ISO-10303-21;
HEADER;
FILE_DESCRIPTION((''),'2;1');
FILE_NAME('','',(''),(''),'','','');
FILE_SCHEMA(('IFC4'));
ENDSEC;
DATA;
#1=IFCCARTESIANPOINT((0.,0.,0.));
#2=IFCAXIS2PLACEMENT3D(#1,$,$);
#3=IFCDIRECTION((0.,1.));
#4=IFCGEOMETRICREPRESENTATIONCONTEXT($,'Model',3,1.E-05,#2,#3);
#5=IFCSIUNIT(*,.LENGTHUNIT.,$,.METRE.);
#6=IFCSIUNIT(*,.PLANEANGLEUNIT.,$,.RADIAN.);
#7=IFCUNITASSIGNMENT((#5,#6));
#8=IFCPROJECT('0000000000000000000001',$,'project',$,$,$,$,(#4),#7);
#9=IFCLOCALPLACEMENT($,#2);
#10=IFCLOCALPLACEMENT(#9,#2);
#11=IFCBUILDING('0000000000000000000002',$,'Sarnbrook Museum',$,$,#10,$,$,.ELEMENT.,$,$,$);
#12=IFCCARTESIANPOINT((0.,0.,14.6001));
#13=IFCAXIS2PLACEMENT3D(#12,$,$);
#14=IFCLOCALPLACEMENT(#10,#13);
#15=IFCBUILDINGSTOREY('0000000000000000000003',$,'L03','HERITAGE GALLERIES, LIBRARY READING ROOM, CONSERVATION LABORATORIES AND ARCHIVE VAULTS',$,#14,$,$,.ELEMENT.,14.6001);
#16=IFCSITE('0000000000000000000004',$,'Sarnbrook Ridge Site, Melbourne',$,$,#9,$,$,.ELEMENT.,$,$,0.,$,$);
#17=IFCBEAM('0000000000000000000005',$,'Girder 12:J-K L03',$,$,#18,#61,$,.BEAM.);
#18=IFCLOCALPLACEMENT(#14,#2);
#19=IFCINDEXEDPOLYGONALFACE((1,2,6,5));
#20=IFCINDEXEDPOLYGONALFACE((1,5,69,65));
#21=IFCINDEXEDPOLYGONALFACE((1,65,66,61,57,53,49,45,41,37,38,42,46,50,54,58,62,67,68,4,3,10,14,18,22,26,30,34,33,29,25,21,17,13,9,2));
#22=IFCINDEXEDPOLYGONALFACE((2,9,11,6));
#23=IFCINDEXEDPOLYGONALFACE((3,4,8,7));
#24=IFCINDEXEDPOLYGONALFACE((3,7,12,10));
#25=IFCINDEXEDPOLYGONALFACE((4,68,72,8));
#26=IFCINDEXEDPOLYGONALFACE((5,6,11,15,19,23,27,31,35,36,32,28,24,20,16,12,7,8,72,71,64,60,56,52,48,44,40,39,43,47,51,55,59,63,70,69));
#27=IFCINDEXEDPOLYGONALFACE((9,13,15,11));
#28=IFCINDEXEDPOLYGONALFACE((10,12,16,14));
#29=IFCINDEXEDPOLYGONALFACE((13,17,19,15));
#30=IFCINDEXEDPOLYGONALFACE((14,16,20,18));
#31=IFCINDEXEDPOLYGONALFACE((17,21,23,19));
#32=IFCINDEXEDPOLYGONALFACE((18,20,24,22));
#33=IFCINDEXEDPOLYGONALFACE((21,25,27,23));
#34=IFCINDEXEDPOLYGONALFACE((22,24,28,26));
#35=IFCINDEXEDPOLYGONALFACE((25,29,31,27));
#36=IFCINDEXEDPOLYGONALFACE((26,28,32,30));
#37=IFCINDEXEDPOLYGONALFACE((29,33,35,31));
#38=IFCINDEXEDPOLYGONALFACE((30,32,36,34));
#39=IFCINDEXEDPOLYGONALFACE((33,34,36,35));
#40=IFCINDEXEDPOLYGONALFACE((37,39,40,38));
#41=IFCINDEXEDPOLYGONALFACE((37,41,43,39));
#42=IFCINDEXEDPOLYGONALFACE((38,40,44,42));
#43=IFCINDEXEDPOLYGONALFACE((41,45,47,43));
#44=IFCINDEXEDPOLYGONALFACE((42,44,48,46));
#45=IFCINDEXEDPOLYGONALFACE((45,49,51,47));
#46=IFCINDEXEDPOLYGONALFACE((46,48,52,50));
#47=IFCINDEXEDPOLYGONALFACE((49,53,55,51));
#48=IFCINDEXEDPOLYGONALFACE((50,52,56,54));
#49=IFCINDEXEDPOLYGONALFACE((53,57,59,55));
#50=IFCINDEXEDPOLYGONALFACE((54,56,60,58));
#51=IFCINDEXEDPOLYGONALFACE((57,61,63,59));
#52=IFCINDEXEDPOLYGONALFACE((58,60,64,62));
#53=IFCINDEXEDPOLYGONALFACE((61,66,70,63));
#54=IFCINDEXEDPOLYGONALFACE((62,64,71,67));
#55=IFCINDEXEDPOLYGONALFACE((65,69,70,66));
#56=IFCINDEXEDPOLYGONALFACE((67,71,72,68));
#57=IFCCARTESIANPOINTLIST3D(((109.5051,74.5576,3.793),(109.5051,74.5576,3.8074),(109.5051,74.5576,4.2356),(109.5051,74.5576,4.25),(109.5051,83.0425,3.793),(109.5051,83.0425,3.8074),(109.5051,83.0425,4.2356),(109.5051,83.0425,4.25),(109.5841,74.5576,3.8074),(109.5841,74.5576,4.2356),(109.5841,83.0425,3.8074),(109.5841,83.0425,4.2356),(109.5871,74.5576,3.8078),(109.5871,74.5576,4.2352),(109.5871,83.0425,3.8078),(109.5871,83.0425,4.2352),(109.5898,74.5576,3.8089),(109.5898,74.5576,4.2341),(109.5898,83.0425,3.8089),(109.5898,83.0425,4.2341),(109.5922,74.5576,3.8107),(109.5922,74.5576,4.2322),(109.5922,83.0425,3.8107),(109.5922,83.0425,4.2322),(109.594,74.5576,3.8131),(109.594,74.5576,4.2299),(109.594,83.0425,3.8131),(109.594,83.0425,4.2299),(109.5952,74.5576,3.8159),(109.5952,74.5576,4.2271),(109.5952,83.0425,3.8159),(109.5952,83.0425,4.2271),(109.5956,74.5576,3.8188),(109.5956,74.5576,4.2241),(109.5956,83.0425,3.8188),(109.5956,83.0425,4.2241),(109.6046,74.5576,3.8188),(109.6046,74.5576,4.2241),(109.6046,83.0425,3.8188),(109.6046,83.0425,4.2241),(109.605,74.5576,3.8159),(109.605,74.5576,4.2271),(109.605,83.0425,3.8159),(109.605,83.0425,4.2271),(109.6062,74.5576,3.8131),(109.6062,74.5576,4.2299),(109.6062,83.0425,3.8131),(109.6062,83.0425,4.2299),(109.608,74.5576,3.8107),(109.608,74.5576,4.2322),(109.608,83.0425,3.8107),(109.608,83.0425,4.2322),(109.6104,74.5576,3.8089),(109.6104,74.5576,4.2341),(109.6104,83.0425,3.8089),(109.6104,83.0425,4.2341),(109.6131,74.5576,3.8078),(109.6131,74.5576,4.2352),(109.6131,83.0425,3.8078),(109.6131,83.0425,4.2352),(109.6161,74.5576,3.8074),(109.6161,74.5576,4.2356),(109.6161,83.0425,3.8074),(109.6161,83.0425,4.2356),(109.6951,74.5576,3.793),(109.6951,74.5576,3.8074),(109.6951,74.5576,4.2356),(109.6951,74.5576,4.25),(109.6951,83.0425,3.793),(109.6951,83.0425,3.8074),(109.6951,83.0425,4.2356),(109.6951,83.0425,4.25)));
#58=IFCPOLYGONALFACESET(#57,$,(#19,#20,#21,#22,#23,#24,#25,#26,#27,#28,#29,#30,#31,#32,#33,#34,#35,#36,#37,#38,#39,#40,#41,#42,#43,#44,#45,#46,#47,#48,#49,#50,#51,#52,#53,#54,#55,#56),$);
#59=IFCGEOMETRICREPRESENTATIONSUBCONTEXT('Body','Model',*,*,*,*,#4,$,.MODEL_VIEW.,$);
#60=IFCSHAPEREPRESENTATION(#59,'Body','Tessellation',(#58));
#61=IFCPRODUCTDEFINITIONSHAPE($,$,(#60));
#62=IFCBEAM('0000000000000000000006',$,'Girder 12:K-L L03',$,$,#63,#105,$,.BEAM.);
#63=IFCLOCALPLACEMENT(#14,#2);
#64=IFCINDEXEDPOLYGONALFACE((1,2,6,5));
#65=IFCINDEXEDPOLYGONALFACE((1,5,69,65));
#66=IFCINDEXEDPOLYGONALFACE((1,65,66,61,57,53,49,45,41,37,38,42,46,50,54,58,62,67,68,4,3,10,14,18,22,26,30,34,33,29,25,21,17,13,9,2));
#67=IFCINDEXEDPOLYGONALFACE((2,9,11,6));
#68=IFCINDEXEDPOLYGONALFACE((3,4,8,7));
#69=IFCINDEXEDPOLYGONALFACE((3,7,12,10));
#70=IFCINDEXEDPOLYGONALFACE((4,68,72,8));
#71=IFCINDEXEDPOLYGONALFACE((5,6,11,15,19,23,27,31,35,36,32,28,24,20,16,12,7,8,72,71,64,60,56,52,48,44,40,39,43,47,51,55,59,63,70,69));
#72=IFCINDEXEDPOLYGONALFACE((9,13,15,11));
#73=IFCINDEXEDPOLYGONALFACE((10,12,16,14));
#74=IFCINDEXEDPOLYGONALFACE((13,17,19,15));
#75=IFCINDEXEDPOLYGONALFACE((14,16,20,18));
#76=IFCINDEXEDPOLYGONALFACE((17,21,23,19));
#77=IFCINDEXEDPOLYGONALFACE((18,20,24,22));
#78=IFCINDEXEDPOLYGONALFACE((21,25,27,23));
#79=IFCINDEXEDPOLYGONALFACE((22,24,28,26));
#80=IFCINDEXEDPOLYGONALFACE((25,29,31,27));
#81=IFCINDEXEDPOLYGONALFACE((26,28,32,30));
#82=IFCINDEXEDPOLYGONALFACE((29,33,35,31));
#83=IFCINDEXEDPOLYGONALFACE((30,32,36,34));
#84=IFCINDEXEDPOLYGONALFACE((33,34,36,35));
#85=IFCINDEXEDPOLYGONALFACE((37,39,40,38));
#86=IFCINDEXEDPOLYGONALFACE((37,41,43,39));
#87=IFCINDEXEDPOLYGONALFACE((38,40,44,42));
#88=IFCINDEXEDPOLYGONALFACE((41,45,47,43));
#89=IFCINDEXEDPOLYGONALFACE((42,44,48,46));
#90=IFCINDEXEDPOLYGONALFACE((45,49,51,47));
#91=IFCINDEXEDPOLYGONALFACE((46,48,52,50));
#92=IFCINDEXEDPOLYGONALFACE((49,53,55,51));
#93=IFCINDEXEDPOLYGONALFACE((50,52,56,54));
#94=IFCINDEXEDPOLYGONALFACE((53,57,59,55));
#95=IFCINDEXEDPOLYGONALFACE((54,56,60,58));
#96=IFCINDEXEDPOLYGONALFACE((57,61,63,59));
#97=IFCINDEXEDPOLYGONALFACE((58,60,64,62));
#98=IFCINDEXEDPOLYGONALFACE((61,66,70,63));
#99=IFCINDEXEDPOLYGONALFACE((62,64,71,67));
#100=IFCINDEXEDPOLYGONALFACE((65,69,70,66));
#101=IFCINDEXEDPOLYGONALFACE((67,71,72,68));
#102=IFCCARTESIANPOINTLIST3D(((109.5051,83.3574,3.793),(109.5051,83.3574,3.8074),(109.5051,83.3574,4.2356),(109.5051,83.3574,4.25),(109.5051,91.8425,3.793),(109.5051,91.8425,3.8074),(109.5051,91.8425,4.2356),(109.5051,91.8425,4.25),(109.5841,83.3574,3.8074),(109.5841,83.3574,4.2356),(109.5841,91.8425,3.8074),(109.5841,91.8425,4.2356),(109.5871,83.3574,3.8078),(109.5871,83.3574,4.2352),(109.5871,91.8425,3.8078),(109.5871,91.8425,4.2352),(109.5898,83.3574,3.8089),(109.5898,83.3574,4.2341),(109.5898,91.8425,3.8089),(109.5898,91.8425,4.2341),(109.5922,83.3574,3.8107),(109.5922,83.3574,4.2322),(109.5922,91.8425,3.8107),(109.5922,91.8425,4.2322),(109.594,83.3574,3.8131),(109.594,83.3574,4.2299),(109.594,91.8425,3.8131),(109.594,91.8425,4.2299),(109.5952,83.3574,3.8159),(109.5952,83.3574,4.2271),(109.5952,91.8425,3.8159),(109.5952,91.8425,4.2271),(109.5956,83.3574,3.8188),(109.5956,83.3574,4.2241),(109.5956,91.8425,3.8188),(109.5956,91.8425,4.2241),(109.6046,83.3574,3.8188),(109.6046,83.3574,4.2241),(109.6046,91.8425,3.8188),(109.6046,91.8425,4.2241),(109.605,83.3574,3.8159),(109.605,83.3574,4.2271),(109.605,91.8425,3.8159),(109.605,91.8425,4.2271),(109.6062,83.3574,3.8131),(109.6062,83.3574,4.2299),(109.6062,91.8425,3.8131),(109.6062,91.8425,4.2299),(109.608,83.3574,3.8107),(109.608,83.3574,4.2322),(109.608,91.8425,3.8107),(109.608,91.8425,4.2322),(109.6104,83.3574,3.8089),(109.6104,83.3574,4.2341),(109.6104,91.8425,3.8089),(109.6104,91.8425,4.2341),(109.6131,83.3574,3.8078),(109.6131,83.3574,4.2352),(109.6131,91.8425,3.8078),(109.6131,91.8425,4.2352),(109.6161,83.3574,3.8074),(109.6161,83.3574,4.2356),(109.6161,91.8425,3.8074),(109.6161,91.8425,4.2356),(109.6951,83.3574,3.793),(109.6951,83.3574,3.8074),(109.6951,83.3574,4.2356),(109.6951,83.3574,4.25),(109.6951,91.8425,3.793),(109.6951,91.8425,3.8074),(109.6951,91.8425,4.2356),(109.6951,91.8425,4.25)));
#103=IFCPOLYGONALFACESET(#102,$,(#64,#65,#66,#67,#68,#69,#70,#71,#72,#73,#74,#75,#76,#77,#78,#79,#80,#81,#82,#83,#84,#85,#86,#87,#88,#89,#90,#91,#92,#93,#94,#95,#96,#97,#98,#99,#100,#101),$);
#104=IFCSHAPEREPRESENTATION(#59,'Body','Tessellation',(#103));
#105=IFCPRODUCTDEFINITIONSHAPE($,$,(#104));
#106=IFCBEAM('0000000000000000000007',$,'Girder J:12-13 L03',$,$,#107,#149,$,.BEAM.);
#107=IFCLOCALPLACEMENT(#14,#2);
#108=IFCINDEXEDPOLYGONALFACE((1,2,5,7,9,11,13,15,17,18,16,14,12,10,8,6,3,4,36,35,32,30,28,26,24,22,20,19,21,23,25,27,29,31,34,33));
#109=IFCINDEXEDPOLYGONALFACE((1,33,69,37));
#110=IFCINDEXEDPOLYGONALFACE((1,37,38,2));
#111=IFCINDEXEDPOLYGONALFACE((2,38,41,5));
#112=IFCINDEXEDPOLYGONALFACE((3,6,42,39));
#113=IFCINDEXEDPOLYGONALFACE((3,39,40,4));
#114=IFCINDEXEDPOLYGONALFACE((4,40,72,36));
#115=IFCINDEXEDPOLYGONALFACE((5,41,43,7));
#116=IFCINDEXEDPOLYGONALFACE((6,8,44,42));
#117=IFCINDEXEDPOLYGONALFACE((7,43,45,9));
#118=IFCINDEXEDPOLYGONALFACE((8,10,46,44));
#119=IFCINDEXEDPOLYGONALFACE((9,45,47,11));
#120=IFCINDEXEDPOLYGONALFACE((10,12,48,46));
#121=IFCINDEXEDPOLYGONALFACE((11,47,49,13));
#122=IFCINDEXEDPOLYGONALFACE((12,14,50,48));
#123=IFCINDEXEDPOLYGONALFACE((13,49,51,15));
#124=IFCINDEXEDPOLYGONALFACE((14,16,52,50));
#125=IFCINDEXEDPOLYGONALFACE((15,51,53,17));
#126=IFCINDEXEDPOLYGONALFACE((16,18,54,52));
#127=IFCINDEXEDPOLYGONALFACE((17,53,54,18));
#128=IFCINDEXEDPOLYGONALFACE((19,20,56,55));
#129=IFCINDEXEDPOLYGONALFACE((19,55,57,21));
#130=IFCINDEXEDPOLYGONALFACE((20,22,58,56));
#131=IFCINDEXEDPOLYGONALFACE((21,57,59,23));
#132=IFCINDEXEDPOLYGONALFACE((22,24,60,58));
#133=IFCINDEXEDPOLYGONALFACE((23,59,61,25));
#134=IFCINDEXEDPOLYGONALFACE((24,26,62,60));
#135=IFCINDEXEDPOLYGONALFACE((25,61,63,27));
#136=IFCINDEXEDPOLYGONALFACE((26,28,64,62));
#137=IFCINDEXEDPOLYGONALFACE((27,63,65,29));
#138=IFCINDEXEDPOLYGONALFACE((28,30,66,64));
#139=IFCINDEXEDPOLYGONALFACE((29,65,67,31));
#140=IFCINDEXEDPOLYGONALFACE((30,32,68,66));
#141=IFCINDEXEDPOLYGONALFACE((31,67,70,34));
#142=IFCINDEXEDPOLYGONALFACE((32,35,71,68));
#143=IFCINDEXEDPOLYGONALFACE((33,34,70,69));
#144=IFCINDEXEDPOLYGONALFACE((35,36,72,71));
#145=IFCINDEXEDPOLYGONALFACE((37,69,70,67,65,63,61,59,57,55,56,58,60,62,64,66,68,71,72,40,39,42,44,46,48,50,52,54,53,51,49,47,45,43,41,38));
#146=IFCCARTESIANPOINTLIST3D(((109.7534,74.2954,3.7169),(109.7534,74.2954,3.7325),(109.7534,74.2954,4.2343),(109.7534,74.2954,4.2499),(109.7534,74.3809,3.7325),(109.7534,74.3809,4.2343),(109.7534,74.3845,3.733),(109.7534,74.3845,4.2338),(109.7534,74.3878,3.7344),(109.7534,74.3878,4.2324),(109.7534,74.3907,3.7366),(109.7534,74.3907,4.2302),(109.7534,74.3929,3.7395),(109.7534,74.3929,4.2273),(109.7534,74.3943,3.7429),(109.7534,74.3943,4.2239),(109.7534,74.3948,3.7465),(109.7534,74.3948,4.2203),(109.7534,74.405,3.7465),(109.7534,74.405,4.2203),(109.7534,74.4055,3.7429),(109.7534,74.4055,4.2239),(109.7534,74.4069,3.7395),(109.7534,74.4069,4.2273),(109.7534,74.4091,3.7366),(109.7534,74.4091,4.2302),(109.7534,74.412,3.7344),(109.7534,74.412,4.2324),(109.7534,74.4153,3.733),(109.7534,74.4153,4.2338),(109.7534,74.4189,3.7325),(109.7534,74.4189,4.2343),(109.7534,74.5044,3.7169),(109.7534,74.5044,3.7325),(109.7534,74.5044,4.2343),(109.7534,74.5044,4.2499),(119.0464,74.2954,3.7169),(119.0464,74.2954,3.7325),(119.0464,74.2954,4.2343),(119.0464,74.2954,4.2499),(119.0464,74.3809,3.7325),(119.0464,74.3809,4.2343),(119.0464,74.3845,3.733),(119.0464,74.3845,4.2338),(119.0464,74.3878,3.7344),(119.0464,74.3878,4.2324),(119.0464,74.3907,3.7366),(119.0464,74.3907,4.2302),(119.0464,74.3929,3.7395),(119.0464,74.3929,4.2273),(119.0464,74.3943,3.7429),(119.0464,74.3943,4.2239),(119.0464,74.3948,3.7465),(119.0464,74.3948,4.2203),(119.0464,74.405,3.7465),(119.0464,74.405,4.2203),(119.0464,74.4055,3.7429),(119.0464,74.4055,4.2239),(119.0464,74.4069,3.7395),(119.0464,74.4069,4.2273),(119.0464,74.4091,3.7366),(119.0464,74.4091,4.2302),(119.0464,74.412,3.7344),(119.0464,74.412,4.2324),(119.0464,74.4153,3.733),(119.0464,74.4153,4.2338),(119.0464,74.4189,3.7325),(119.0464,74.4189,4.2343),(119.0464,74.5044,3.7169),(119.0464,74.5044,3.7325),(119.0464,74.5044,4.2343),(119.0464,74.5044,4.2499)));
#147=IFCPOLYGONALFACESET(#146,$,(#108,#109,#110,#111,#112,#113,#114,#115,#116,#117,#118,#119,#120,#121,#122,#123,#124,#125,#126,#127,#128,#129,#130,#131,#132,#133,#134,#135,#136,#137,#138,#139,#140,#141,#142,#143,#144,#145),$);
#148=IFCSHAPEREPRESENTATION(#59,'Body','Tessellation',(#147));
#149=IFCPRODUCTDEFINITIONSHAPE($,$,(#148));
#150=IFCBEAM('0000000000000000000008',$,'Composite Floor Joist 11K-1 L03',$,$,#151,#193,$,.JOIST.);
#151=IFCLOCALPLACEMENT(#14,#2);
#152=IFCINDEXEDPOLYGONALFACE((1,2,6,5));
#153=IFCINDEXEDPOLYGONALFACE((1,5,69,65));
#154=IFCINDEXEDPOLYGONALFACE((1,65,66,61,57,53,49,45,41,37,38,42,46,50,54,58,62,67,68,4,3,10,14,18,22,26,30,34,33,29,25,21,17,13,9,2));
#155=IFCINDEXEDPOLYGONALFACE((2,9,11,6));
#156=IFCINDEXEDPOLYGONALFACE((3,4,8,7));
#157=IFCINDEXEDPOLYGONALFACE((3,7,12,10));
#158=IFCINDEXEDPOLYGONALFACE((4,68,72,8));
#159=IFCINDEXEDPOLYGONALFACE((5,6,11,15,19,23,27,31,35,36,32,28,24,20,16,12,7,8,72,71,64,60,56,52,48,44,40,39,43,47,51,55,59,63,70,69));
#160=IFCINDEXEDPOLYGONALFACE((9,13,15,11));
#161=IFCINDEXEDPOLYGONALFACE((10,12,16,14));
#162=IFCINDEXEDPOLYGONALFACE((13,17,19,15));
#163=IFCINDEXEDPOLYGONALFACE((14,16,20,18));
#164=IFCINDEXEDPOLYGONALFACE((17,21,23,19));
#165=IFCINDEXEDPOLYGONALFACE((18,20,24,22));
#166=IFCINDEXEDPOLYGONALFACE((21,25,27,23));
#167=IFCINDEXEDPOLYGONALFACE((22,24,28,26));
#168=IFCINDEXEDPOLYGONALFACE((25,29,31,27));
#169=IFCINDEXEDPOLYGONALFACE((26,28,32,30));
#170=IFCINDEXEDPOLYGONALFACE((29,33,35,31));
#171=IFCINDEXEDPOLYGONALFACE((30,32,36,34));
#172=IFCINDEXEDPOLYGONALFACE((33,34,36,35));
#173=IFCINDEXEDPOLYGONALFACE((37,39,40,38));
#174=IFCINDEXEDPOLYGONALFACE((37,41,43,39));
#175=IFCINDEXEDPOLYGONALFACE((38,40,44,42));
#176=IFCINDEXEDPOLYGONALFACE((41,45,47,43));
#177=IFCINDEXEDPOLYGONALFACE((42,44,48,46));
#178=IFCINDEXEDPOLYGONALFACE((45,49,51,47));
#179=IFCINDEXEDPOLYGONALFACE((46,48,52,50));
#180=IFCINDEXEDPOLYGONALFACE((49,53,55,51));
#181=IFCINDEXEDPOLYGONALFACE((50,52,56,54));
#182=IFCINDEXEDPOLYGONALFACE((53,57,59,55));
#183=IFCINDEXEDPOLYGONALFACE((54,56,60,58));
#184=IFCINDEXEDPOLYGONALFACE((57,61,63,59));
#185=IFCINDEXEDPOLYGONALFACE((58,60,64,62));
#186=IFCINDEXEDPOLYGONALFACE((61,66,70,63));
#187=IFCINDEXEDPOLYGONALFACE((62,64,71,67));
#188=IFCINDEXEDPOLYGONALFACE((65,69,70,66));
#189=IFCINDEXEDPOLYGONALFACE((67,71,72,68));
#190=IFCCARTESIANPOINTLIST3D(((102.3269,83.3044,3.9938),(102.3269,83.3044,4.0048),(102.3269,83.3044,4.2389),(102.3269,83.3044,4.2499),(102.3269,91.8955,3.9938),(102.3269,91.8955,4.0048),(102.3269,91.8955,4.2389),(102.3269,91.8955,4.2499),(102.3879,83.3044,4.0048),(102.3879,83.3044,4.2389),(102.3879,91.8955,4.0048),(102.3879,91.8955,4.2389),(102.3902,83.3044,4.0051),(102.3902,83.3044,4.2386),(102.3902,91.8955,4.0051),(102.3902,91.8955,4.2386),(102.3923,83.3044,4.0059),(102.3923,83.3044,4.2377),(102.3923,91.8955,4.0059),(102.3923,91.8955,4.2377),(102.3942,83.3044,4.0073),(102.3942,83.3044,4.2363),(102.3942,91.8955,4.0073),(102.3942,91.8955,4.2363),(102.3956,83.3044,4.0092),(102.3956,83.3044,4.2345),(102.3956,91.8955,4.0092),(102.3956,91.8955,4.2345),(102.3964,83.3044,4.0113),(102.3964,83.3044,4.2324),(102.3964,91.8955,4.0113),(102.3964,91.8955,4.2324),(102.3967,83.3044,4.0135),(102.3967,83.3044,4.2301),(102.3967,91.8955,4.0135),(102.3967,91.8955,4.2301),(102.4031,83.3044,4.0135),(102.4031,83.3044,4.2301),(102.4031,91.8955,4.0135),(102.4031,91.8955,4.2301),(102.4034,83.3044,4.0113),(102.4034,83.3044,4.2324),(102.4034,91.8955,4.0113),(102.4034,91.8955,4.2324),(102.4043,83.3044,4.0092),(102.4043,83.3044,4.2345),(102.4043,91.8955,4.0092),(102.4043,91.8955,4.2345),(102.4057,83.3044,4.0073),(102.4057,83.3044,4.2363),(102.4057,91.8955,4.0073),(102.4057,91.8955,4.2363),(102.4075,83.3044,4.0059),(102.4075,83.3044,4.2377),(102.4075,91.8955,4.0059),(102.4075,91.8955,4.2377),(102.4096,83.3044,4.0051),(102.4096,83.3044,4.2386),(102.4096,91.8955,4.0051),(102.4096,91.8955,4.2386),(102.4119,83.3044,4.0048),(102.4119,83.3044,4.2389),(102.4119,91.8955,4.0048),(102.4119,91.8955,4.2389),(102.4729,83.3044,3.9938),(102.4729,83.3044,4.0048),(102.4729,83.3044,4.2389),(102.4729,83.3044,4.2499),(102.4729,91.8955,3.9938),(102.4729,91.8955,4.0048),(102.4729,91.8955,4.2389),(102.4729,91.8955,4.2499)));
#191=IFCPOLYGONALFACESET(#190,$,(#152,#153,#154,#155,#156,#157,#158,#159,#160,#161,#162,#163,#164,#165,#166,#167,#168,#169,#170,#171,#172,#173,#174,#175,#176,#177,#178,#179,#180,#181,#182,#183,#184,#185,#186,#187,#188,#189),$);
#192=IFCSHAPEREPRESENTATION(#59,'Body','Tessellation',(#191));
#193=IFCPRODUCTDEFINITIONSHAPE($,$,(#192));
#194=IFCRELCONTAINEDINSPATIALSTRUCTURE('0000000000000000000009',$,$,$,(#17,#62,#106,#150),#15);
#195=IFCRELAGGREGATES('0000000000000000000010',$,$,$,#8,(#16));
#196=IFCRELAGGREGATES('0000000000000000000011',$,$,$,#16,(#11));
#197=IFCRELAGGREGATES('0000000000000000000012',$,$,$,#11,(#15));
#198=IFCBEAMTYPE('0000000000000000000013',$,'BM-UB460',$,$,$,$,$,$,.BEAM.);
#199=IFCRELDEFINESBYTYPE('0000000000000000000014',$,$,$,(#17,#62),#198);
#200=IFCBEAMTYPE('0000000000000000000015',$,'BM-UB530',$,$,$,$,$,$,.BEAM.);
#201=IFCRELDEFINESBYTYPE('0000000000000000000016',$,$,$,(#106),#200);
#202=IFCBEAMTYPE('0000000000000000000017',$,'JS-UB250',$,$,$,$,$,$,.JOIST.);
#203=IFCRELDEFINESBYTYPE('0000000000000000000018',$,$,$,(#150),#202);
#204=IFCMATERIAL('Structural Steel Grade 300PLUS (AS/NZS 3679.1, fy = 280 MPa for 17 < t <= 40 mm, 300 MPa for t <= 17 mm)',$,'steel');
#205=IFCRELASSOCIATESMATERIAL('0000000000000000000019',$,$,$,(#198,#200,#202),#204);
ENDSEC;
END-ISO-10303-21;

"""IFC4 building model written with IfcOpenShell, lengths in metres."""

from ifc_helpers import new_model, si_unit, direction, frame, origin, origin_2d, place, context, subcontext, project, spatial, i_section, extrude, material, material_profile, profile_set, type_object, element, save


model = new_model("IFC4")

# Units and contexts
model_context = context("Model", 3, precision=1e-05, world=origin(), true_north=direction((0.0, 1.0)))
body_context = subcontext(model_context, "Body", "Model", "MODEL_VIEW")
ifc_project = project(units=[si_unit("LENGTHUNIT", "METRE"), si_unit("PLANEANGLEUNIT", "RADIAN")], contexts=[model_context])

# Site, building, storey
site_placement = place(None, origin())
site = spatial("IfcSite", under=ifc_project, at=site_placement, Name="Sarnbrook Ridge Site, Melbourne", CompositionType="ELEMENT", RefElevation=0.0)
building_placement = place(site_placement, origin())
building = spatial("IfcBuilding", under=site, at=building_placement, Name="Sarnbrook Museum", CompositionType="ELEMENT")
storey_placement = place(building_placement, frame((0.0, 0.0, 14.6001)))
storey = spatial("IfcBuildingStorey", under=building, at=storey_placement, Name="L03", Description="HERITAGE GALLERIES, LIBRARY READING ROOM, CONSERVATION LABORATORIES AND ARCHIVE VAULTS", CompositionType="ELEMENT", Elevation=14.6001)

# Shared definitions
ifc_material_1 = material(Name="Structural Steel Grade 300PLUS (AS/NZS 3679.1, fy = 280 MPa for 17 < t <= 40 mm, 300 MPa for t <= 17 mm)", Category="steel")

# Beams
ifc_material_profile_1 = material_profile(ifc_material_1, i_section(OverallWidth=0.1899, OverallDepth=0.457, WebThickness=0.009, FlangeThickness=0.0144, FilletRadius=0.0115, at=origin_2d()), Name="460UB74.6")
ifc_profile_set_1 = profile_set([ifc_material_profile_1], Name="Structural Steel Grade 300PLUS (AS/NZS 3679.1, fy = 280 MPa for 17 < t <= 40 mm, 300 MPa for t <= 17 mm)")
beam_type_1 = type_object("IfcBeamType", Name="BM-UB460", PredefinedType="BEAM", material=ifc_profile_set_1)
for number, where, z_axis, x_axis, name in (
    (1, (109.6001, 74.5576, 4.0215), (0.0, 1.0, 0.0), (-1.0, 0.0, 0.0), "Girder 12:J-K L03"),
):
    element("IfcBeam", number, at=place(storey_placement, frame(where, z_axis=z_axis, x_axis=x_axis)), inside=storey, type_object=beam_type_1, Name=name, PredefinedType="BEAM", context=body_context, shape_type="SweptSolid", body=[
        extrude(i_section(OverallWidth=0.1899, OverallDepth=0.457, WebThickness=0.009, FlangeThickness=0.0144, FilletRadius=0.0115, at=origin_2d()), origin(), (0.0, 0.0, 1.0), 8.4849),
    ])
beam_1_placement = place(storey_placement, frame((109.6001, 83.3574, 4.0215), z_axis=(0.0, 1.0, 0.0), x_axis=(-1.0, 0.0, 0.0)))
element("IfcBeam", 2, at=beam_1_placement, inside=storey, type_object=beam_type_1, Name="Girder 12:K-L L03", PredefinedType="BEAM", context=body_context, shape_type="SweptSolid", body=[
    extrude(i_section(OverallWidth=0.1899, OverallDepth=0.457, WebThickness=0.009, FlangeThickness=0.0144, FilletRadius=0.0115, at=origin_2d()), origin(), (0.0, 0.0, 1.0), 8.4851),
])
ifc_material_profile_2 = material_profile(ifc_material_1, i_section(OverallWidth=0.209, OverallDepth=0.533, WebThickness=0.0103, FlangeThickness=0.0156, FilletRadius=0.0139, at=origin_2d()), Name="530UB92.4")
ifc_profile_set_2 = profile_set([ifc_material_profile_2], Name="Structural Steel Grade 300PLUS (AS/NZS 3679.1, fy = 280 MPa for 17 < t <= 40 mm, 300 MPa for t <= 17 mm)")
beam_type_2 = type_object("IfcBeamType", Name="BM-UB530", PredefinedType="BEAM", material=ifc_profile_set_2)
beam_2_placement = place(storey_placement, frame((109.7534, 74.3999, 3.9834), z_axis=(1.0, 0.0, 0.0), x_axis=(0.0, 1.0, 0.0)))
element("IfcBeam", 3, at=beam_2_placement, inside=storey, type_object=beam_type_2, Name="Girder J:12-13 L03", PredefinedType="BEAM", context=body_context, shape_type="SweptSolid", body=[
    extrude(i_section(OverallWidth=0.209, OverallDepth=0.533, WebThickness=0.0103, FlangeThickness=0.0156, FilletRadius=0.0139, at=origin_2d()), origin(), (0.0, 0.0, 1.0), 9.293),
])
ifc_material_profile_3 = material_profile(ifc_material_1, i_section(OverallWidth=0.146, OverallDepth=0.2561, WebThickness=0.0063, FlangeThickness=0.011, FilletRadius=0.0088, at=origin_2d()), Name="250UB37.3")
ifc_profile_set_3 = profile_set([ifc_material_profile_3], Name="Structural Steel Grade 300PLUS (AS/NZS 3679.1, fy = 280 MPa for 17 < t <= 40 mm, 300 MPa for t <= 17 mm)")
beam_type_3 = type_object("IfcBeamType", Name="JS-UB250", PredefinedType="JOIST", material=ifc_profile_set_3)
for number, where, z_axis, x_axis, name in (
    (4, (102.3999, 83.3044, 4.1218), (0.0, 1.0, 0.0), (-1.0, 0.0, 0.0), "Composite Floor Joist 11K-1 L03"),
):
    element("IfcBeam", number, at=place(storey_placement, frame(where, z_axis=z_axis, x_axis=x_axis)), inside=storey, type_object=beam_type_3, Name=name, PredefinedType="JOIST", context=body_context, shape_type="SweptSolid", body=[
        extrude(i_section(OverallWidth=0.146, OverallDepth=0.2561, WebThickness=0.0063, FlangeThickness=0.011, FilletRadius=0.0088, at=origin_2d()), origin(), (0.0, 0.0, 1.0), 8.5911),
    ])

save(model, "model.ifc")
